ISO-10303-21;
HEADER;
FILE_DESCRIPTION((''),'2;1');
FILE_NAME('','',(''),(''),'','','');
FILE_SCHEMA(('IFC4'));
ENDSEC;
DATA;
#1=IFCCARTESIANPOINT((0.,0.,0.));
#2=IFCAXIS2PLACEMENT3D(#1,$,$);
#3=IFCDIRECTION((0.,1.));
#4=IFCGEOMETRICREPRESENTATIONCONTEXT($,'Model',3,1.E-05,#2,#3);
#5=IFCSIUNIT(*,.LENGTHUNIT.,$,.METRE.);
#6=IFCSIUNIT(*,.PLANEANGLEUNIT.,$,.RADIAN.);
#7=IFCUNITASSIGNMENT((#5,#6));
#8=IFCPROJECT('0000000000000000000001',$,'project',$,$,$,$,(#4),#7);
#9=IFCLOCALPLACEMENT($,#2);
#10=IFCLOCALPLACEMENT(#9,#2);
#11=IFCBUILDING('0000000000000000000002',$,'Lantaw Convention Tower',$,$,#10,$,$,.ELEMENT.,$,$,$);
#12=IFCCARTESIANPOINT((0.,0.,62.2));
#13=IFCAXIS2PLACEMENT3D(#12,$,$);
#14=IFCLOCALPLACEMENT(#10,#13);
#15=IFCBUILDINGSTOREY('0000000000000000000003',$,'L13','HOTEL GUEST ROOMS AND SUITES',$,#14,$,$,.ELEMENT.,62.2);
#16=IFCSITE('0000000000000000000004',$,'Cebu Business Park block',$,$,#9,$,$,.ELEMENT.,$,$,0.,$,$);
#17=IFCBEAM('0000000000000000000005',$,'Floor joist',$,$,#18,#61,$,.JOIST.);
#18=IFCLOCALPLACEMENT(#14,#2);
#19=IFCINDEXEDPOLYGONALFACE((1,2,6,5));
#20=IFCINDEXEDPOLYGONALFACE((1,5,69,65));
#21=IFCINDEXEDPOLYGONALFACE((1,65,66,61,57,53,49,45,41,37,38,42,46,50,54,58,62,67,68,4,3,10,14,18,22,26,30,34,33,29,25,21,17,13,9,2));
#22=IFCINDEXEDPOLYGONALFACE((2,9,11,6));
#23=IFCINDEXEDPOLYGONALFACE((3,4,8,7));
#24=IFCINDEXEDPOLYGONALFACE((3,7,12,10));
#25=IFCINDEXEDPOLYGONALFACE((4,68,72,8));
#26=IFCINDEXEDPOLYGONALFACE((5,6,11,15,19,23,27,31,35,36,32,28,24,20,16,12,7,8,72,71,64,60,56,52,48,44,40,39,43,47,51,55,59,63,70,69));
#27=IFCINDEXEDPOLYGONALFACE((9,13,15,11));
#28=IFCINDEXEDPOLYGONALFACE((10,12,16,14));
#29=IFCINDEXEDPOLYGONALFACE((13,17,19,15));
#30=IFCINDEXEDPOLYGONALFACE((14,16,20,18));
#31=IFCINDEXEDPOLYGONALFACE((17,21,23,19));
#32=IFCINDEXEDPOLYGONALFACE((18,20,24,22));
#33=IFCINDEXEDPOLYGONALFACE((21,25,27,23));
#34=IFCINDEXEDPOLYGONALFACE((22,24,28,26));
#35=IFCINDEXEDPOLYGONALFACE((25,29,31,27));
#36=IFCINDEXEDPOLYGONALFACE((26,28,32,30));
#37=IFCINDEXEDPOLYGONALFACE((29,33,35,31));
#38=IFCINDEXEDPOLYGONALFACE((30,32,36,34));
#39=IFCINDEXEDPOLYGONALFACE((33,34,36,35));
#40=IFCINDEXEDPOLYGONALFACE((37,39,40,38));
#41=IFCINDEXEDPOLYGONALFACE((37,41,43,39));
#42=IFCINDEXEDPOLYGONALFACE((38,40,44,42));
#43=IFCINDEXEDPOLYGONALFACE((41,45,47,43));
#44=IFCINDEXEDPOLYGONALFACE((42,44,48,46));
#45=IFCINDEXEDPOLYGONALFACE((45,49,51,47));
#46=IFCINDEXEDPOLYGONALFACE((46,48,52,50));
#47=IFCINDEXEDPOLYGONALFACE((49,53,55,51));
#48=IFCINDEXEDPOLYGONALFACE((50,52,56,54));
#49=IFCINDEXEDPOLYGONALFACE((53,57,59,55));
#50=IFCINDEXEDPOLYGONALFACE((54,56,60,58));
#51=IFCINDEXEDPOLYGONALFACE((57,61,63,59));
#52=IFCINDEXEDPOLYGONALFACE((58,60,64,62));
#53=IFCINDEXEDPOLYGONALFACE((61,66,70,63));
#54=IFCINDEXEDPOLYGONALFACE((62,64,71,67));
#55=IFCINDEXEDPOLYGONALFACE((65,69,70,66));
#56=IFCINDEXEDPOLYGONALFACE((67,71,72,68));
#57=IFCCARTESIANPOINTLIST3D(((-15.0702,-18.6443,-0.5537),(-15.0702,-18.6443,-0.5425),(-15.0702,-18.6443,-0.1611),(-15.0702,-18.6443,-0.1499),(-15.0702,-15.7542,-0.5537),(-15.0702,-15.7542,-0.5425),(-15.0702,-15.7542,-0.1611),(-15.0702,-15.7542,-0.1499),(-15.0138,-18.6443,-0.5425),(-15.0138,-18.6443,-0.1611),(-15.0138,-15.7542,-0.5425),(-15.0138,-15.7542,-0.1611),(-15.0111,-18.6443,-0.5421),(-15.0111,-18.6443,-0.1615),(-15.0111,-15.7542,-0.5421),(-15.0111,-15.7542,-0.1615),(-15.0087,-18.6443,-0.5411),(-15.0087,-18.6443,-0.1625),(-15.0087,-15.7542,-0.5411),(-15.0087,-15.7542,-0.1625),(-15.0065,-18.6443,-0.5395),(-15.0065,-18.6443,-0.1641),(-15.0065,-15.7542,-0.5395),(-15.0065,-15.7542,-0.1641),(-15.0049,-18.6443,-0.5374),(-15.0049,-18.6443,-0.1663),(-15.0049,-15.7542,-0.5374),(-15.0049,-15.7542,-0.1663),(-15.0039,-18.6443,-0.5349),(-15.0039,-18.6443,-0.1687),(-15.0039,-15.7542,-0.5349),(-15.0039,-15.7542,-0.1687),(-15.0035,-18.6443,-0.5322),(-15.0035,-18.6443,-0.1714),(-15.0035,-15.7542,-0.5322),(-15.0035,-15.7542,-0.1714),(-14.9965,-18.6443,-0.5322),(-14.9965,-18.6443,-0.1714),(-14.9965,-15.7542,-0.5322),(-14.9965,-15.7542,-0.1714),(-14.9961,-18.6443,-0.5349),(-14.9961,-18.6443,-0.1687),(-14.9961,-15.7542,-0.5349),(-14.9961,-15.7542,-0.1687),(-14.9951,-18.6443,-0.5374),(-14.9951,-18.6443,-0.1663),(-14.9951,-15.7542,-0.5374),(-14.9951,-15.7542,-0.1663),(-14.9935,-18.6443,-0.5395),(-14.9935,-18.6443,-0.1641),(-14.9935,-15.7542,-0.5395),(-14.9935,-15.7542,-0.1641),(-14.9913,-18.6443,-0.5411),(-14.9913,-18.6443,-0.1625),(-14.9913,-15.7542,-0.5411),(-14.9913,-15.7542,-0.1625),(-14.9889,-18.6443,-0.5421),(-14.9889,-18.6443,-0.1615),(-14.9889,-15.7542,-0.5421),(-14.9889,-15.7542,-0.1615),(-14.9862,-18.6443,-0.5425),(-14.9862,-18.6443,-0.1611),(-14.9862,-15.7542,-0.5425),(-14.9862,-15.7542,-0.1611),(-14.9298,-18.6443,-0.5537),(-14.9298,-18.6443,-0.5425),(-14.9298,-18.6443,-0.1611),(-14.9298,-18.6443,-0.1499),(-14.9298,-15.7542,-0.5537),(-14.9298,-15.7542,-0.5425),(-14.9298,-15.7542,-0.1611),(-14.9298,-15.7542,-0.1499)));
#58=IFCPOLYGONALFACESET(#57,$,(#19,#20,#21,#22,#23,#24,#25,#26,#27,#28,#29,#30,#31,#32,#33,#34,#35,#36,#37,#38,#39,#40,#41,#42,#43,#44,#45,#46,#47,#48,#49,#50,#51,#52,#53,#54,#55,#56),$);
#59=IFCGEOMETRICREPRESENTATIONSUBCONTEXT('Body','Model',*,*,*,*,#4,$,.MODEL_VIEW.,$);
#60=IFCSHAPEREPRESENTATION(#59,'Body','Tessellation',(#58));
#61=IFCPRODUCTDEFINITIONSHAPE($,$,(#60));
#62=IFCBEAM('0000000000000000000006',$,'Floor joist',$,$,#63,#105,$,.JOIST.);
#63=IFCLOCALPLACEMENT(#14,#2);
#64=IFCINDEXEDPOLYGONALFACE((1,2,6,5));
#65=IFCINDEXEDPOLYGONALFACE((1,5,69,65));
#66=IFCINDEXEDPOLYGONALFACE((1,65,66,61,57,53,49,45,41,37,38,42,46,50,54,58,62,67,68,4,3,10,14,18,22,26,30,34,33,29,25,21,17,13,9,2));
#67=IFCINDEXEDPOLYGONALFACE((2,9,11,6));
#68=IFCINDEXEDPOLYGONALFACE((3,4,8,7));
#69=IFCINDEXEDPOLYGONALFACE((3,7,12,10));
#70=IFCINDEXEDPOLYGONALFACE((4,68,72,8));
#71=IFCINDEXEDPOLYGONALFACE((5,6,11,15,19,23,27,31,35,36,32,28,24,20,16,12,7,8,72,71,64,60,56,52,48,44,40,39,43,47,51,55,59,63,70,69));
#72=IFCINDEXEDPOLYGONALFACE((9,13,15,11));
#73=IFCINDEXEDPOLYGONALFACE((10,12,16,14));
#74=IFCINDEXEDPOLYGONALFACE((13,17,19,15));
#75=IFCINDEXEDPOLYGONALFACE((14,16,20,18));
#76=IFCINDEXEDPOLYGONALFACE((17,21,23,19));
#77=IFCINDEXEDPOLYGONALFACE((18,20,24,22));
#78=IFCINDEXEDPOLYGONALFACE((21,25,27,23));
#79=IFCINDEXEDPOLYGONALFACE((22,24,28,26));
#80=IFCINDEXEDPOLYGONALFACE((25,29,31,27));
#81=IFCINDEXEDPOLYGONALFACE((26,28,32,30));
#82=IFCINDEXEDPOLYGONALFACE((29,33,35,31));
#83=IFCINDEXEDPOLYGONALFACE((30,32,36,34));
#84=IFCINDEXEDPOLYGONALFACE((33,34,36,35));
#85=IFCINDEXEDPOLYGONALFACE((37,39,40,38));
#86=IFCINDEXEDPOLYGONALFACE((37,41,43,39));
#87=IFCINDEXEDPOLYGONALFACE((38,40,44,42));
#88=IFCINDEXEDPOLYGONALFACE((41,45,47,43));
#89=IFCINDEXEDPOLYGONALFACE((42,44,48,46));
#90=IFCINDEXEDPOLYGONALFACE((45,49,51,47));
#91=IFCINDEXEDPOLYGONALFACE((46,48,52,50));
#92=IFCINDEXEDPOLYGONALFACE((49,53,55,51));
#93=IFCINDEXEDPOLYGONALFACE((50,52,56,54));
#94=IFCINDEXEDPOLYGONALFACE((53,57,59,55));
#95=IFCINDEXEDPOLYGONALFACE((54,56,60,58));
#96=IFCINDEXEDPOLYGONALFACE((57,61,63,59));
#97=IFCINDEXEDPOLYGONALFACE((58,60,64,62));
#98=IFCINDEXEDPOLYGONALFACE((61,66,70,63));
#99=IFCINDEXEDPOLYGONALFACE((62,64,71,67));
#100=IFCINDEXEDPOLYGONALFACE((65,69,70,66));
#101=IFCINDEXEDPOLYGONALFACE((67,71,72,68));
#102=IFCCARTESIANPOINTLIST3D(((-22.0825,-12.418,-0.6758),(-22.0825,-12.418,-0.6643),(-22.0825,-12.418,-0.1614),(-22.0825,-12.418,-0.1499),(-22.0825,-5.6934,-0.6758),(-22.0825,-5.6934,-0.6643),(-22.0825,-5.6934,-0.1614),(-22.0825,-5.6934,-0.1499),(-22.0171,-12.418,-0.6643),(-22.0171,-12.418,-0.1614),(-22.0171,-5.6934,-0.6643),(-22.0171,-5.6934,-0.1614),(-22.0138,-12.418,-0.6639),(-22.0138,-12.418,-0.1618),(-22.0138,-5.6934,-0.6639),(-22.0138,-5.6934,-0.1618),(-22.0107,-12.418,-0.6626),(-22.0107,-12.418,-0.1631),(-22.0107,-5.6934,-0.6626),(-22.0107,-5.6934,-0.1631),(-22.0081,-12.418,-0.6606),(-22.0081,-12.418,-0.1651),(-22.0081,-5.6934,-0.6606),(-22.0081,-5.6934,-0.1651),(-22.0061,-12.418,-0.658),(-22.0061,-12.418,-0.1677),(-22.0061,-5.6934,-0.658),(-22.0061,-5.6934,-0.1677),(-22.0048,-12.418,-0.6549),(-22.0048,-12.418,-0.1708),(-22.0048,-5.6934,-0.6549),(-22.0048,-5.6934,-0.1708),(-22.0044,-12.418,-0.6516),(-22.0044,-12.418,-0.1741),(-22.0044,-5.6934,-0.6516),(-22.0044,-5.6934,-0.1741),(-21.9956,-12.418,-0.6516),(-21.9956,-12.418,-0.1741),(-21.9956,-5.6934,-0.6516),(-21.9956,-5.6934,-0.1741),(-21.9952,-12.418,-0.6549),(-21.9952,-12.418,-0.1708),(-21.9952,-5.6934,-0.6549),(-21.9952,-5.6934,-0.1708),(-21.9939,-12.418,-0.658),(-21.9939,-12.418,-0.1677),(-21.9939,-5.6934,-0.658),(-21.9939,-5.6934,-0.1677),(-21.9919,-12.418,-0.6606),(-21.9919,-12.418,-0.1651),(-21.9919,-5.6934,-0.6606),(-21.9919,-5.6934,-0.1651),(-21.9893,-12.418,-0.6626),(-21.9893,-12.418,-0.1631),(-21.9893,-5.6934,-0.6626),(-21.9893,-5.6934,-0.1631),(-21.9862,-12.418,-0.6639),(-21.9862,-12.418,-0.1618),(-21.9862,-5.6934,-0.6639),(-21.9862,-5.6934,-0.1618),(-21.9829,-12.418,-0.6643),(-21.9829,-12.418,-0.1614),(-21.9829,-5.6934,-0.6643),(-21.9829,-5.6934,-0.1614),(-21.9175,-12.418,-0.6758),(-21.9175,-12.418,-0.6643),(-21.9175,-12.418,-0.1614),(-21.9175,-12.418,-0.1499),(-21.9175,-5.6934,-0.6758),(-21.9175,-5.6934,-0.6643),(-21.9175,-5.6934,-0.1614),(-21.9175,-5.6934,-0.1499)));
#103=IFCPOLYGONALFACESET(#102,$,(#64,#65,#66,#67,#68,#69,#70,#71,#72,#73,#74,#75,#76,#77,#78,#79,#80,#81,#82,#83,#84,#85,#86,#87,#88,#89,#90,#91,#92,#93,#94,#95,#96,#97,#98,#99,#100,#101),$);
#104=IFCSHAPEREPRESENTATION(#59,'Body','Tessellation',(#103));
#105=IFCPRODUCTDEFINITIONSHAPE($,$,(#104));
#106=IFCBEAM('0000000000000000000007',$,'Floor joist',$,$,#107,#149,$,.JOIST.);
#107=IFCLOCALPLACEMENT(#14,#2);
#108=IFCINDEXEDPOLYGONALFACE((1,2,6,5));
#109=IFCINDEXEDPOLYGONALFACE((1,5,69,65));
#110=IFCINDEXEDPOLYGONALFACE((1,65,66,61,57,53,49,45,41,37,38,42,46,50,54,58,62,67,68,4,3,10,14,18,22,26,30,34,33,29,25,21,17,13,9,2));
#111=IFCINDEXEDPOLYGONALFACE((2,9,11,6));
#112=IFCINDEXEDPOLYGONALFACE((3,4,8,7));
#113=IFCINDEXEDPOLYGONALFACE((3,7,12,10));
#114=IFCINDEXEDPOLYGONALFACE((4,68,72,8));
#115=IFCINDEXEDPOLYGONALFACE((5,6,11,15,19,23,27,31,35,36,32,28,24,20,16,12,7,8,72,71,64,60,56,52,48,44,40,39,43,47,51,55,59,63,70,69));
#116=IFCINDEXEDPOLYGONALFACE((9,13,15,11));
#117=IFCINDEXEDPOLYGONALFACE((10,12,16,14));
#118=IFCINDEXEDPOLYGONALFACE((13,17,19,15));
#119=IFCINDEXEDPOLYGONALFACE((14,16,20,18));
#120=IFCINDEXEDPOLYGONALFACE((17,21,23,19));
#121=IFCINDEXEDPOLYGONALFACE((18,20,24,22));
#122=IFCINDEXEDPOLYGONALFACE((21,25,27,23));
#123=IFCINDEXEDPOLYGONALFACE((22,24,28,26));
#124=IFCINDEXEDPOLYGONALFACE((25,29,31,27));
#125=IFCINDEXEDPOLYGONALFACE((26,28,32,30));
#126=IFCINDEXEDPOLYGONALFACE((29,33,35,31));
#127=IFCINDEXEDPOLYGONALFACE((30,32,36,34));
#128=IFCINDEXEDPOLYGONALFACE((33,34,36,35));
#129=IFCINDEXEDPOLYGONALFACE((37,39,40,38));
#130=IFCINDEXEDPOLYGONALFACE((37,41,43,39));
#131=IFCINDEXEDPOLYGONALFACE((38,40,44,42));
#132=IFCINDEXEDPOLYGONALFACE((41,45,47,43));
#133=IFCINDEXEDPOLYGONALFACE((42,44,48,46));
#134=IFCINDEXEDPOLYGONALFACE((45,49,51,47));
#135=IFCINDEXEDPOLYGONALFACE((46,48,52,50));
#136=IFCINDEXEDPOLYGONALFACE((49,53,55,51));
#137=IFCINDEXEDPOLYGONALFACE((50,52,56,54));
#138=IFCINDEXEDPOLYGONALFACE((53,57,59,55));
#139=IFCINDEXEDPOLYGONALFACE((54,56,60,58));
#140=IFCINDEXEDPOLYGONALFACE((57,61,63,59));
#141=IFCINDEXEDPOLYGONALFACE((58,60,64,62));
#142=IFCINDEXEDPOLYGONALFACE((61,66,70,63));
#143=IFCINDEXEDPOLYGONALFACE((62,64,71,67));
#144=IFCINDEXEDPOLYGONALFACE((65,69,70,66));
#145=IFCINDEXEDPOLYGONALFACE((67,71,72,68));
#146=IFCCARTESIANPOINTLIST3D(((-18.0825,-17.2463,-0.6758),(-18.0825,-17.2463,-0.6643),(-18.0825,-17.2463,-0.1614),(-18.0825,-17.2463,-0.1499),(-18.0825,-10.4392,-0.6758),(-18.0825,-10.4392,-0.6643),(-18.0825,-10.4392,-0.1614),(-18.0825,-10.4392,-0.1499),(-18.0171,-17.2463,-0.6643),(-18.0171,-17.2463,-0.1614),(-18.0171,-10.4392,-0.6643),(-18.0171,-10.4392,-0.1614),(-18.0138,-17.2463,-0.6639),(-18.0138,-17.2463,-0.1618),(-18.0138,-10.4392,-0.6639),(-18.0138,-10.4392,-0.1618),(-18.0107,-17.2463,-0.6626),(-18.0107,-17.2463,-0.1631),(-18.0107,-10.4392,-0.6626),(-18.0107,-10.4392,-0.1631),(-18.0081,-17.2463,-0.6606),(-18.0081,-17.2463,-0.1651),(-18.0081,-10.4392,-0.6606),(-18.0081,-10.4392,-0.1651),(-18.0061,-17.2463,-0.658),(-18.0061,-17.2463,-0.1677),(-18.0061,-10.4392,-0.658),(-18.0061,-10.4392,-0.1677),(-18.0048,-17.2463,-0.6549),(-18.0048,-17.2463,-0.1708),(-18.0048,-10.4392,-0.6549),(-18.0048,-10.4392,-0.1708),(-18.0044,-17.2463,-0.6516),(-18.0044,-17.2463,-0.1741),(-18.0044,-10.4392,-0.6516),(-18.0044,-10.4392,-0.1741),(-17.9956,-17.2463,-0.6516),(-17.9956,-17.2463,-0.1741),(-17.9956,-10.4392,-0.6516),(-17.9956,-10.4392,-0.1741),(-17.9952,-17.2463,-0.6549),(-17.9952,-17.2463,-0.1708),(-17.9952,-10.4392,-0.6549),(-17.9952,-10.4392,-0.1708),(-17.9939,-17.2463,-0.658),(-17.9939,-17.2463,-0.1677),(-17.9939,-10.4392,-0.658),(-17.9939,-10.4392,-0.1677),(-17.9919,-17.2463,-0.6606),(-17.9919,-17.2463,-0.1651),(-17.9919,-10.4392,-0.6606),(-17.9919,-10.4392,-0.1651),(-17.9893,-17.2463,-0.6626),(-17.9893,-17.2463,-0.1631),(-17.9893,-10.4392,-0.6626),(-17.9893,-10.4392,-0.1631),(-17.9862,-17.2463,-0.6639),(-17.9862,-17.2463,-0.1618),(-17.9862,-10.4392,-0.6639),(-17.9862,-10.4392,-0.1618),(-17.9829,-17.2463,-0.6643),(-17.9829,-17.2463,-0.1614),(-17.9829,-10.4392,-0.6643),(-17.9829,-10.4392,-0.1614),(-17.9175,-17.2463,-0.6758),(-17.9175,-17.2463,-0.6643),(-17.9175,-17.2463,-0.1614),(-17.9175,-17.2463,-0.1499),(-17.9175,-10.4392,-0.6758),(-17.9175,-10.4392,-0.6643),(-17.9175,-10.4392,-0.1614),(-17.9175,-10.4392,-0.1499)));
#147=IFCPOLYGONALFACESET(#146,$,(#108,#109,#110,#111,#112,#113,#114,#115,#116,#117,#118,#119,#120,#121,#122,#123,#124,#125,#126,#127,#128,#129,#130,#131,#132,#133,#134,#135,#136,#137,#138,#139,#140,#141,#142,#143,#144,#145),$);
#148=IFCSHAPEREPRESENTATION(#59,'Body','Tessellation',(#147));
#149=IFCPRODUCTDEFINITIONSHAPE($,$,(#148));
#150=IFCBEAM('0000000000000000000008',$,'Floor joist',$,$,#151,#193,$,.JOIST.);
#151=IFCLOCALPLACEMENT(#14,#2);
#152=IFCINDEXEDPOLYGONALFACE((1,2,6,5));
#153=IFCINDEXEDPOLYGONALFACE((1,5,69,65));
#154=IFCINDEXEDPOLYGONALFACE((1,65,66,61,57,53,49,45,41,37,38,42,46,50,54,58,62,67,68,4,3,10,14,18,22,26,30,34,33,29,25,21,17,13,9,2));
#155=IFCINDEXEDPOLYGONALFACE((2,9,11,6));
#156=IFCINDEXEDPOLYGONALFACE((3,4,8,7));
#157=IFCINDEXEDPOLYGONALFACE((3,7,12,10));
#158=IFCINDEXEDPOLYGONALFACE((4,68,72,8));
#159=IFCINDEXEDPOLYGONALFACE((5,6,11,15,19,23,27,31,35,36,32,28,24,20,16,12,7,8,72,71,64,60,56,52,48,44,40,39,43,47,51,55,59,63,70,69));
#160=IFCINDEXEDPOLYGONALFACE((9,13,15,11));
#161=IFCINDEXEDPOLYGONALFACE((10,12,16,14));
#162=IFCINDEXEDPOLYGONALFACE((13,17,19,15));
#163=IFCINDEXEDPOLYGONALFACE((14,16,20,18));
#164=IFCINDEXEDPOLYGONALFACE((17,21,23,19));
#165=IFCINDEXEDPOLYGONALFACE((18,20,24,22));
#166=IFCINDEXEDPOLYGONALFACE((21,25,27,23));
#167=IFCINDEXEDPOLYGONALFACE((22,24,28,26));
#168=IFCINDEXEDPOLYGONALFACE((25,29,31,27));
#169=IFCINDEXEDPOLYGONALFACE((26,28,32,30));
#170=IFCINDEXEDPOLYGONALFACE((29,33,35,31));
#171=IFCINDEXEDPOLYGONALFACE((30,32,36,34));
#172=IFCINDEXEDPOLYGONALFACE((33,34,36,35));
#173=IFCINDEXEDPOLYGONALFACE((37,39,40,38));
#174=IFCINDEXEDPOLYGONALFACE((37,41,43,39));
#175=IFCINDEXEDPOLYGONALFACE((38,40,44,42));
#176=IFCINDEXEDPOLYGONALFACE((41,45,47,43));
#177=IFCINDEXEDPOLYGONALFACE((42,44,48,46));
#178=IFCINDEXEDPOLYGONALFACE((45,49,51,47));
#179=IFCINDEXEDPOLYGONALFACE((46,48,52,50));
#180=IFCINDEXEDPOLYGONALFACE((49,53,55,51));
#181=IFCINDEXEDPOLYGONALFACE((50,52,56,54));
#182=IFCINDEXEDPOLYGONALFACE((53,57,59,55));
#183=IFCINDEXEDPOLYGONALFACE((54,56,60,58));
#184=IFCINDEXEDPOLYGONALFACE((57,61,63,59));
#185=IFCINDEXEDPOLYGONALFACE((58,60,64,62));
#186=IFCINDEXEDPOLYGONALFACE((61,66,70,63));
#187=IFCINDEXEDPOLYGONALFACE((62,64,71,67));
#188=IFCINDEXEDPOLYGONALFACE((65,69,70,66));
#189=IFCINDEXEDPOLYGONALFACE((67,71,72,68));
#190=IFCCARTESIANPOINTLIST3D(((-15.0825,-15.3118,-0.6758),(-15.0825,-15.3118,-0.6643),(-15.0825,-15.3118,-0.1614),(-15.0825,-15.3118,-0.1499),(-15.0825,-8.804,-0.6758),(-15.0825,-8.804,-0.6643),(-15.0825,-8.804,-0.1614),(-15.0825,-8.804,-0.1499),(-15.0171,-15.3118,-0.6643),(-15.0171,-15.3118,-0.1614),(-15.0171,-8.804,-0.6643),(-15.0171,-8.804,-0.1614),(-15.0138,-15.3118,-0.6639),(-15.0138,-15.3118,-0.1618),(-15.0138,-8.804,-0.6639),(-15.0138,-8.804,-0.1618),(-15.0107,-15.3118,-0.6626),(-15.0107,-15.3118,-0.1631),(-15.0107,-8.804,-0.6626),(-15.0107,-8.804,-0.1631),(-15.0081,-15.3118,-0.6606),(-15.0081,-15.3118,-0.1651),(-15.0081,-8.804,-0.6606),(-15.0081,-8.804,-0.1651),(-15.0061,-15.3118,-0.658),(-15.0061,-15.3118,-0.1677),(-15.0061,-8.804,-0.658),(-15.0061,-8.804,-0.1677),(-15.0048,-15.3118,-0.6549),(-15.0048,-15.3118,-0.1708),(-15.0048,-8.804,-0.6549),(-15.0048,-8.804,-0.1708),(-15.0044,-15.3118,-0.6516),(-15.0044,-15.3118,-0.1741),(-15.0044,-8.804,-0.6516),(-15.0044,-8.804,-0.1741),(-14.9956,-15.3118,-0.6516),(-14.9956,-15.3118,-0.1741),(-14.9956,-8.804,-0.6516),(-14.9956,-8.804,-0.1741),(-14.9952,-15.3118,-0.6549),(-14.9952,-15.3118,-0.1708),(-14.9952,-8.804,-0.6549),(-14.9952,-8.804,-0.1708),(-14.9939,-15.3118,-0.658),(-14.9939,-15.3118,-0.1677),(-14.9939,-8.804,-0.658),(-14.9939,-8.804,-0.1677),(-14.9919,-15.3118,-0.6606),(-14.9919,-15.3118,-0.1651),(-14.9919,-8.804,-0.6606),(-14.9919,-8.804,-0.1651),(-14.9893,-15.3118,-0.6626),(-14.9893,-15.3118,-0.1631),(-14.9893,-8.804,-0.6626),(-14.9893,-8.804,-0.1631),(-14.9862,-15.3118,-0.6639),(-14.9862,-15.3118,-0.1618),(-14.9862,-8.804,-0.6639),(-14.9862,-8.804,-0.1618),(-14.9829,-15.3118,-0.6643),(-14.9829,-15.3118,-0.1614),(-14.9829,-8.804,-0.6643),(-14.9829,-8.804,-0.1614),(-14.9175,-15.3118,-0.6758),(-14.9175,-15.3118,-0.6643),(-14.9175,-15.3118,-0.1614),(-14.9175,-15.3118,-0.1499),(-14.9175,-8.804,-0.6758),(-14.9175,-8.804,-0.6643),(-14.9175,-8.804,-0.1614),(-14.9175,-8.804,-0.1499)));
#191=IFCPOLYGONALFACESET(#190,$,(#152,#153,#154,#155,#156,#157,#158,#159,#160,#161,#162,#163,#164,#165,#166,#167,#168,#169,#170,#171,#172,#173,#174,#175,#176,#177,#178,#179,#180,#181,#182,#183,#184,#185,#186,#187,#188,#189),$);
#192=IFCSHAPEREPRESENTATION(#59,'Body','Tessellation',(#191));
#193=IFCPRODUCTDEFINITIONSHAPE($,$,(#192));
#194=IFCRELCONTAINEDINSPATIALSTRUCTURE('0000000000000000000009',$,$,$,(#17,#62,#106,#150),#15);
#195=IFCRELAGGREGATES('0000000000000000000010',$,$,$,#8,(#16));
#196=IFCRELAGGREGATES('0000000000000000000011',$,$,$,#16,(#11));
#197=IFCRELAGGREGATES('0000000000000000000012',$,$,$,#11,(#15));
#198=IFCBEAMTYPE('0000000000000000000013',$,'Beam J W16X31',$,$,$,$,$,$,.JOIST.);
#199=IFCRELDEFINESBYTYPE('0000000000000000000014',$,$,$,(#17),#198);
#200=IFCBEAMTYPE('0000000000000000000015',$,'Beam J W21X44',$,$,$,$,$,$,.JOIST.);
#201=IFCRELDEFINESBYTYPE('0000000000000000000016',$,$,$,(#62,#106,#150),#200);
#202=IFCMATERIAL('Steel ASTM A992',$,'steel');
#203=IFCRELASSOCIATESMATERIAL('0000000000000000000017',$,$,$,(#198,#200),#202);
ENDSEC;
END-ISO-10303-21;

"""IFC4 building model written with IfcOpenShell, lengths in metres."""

from ifc_helpers import new_model, si_unit, direction, frame, origin, origin_2d, place, context, subcontext, project, spatial, i_section, extrude, material, material_profile, profile_set, type_object, element, save


model = new_model("IFC4")

# Units and contexts
model_context = context("Model", 3, precision=1e-05, world=origin(), true_north=direction((0.0, 1.0)))
body_context = subcontext(model_context, "Body", "Model", "MODEL_VIEW")
ifc_project = project(units=[si_unit("LENGTHUNIT", "METRE"), si_unit("PLANEANGLEUNIT", "RADIAN")], contexts=[model_context])

# Site, building, storey
site_placement = place(None, origin())
site = spatial("IfcSite", under=ifc_project, at=site_placement, Name="Cebu Business Park block", CompositionType="ELEMENT", RefElevation=0.0)
building_placement = place(site_placement, origin())
building = spatial("IfcBuilding", under=site, at=building_placement, Name="Lantaw Convention Tower", CompositionType="ELEMENT")
storey_placement = place(building_placement, frame((0.0, 0.0, 62.2)))
storey = spatial("IfcBuildingStorey", under=building, at=storey_placement, Name="L13", Description="HOTEL GUEST ROOMS AND SUITES", CompositionType="ELEMENT", Elevation=62.2)

# Beams
ifc_material_1 = material(Name="Steel ASTM A992", Category="steel")
ifc_material_profile_1 = material_profile(ifc_material_1, i_section(OverallWidth=0.1404, OverallDepth=0.4038, WebThickness=0.0071, FlangeThickness=0.0112, FilletRadius=0.0103, at=origin_2d()), Name="W16X31")
ifc_profile_set_1 = profile_set([ifc_material_profile_1], Name="Steel ASTM A992")
beam_type_1 = type_object("IfcBeamType", Name="Beam J W16X31", PredefinedType="JOIST", material=ifc_profile_set_1)
beam_1_placement = place(storey_placement, frame((-15.0, -18.6443, -0.3518), z_axis=(0.0, 1.0, 0.0), x_axis=(-1.0, 0.0, 0.0)))
element("IfcBeam", 1, at=beam_1_placement, inside=storey, type_object=beam_type_1, Name="Floor joist", PredefinedType="JOIST", context=body_context, shape_type="SweptSolid", body=[
    extrude(i_section(OverallWidth=0.1404, OverallDepth=0.4038, WebThickness=0.0071, FlangeThickness=0.0112, FilletRadius=0.0103, at=origin_2d()), origin(), (0.0, 0.0, 1.0), 2.8901),
])
ifc_material_profile_2 = material_profile(ifc_material_1, i_section(OverallWidth=0.165, OverallDepth=0.5259, WebThickness=0.0088, FlangeThickness=0.0115, FilletRadius=0.0127, at=origin_2d()), Name="W21X44")
ifc_profile_set_2 = profile_set([ifc_material_profile_2], Name="Steel ASTM A992")
beam_type_2 = type_object("IfcBeamType", Name="Beam J W21X44", PredefinedType="JOIST", material=ifc_profile_set_2)
beam_2_placement = place(storey_placement, frame((-22.0, -12.418, -0.4128), z_axis=(0.0, 1.0, 0.0), x_axis=(-1.0, 0.0, 0.0)))
element("IfcBeam", 2, at=beam_2_placement, inside=storey, type_object=beam_type_2, Name="Floor joist", PredefinedType="JOIST", context=body_context, shape_type="SweptSolid", body=[
    extrude(i_section(OverallWidth=0.165, OverallDepth=0.5259, WebThickness=0.0088, FlangeThickness=0.0115, FilletRadius=0.0127, at=origin_2d()), origin(), (0.0, 0.0, 1.0), 6.7246),
])
beam_3_placement = place(storey_placement, frame((-18.0, -17.2463, -0.4128), z_axis=(0.0, 1.0, 0.0), x_axis=(-1.0, 0.0, 0.0)))
element("IfcBeam", 3, at=beam_3_placement, inside=storey, type_object=beam_type_2, Name="Floor joist", PredefinedType="JOIST", context=body_context, shape_type="SweptSolid", body=[
    extrude(i_section(OverallWidth=0.165, OverallDepth=0.5259, WebThickness=0.0088, FlangeThickness=0.0115, FilletRadius=0.0127, at=origin_2d()), origin(), (0.0, 0.0, 1.0), 6.8071),
])
beam_4_placement = place(storey_placement, frame((-15.0, -15.3118, -0.4128), z_axis=(0.0, 1.0, 0.0), x_axis=(-1.0, 0.0, 0.0)))
element("IfcBeam", 4, at=beam_4_placement, inside=storey, type_object=beam_type_2, Name="Floor joist", PredefinedType="JOIST", context=body_context, shape_type="SweptSolid", body=[
    extrude(i_section(OverallWidth=0.165, OverallDepth=0.5259, WebThickness=0.0088, FlangeThickness=0.0115, FilletRadius=0.0127, at=origin_2d()), origin(), (0.0, 0.0, 1.0), 6.5078),
])

save(model, "model.ifc")
